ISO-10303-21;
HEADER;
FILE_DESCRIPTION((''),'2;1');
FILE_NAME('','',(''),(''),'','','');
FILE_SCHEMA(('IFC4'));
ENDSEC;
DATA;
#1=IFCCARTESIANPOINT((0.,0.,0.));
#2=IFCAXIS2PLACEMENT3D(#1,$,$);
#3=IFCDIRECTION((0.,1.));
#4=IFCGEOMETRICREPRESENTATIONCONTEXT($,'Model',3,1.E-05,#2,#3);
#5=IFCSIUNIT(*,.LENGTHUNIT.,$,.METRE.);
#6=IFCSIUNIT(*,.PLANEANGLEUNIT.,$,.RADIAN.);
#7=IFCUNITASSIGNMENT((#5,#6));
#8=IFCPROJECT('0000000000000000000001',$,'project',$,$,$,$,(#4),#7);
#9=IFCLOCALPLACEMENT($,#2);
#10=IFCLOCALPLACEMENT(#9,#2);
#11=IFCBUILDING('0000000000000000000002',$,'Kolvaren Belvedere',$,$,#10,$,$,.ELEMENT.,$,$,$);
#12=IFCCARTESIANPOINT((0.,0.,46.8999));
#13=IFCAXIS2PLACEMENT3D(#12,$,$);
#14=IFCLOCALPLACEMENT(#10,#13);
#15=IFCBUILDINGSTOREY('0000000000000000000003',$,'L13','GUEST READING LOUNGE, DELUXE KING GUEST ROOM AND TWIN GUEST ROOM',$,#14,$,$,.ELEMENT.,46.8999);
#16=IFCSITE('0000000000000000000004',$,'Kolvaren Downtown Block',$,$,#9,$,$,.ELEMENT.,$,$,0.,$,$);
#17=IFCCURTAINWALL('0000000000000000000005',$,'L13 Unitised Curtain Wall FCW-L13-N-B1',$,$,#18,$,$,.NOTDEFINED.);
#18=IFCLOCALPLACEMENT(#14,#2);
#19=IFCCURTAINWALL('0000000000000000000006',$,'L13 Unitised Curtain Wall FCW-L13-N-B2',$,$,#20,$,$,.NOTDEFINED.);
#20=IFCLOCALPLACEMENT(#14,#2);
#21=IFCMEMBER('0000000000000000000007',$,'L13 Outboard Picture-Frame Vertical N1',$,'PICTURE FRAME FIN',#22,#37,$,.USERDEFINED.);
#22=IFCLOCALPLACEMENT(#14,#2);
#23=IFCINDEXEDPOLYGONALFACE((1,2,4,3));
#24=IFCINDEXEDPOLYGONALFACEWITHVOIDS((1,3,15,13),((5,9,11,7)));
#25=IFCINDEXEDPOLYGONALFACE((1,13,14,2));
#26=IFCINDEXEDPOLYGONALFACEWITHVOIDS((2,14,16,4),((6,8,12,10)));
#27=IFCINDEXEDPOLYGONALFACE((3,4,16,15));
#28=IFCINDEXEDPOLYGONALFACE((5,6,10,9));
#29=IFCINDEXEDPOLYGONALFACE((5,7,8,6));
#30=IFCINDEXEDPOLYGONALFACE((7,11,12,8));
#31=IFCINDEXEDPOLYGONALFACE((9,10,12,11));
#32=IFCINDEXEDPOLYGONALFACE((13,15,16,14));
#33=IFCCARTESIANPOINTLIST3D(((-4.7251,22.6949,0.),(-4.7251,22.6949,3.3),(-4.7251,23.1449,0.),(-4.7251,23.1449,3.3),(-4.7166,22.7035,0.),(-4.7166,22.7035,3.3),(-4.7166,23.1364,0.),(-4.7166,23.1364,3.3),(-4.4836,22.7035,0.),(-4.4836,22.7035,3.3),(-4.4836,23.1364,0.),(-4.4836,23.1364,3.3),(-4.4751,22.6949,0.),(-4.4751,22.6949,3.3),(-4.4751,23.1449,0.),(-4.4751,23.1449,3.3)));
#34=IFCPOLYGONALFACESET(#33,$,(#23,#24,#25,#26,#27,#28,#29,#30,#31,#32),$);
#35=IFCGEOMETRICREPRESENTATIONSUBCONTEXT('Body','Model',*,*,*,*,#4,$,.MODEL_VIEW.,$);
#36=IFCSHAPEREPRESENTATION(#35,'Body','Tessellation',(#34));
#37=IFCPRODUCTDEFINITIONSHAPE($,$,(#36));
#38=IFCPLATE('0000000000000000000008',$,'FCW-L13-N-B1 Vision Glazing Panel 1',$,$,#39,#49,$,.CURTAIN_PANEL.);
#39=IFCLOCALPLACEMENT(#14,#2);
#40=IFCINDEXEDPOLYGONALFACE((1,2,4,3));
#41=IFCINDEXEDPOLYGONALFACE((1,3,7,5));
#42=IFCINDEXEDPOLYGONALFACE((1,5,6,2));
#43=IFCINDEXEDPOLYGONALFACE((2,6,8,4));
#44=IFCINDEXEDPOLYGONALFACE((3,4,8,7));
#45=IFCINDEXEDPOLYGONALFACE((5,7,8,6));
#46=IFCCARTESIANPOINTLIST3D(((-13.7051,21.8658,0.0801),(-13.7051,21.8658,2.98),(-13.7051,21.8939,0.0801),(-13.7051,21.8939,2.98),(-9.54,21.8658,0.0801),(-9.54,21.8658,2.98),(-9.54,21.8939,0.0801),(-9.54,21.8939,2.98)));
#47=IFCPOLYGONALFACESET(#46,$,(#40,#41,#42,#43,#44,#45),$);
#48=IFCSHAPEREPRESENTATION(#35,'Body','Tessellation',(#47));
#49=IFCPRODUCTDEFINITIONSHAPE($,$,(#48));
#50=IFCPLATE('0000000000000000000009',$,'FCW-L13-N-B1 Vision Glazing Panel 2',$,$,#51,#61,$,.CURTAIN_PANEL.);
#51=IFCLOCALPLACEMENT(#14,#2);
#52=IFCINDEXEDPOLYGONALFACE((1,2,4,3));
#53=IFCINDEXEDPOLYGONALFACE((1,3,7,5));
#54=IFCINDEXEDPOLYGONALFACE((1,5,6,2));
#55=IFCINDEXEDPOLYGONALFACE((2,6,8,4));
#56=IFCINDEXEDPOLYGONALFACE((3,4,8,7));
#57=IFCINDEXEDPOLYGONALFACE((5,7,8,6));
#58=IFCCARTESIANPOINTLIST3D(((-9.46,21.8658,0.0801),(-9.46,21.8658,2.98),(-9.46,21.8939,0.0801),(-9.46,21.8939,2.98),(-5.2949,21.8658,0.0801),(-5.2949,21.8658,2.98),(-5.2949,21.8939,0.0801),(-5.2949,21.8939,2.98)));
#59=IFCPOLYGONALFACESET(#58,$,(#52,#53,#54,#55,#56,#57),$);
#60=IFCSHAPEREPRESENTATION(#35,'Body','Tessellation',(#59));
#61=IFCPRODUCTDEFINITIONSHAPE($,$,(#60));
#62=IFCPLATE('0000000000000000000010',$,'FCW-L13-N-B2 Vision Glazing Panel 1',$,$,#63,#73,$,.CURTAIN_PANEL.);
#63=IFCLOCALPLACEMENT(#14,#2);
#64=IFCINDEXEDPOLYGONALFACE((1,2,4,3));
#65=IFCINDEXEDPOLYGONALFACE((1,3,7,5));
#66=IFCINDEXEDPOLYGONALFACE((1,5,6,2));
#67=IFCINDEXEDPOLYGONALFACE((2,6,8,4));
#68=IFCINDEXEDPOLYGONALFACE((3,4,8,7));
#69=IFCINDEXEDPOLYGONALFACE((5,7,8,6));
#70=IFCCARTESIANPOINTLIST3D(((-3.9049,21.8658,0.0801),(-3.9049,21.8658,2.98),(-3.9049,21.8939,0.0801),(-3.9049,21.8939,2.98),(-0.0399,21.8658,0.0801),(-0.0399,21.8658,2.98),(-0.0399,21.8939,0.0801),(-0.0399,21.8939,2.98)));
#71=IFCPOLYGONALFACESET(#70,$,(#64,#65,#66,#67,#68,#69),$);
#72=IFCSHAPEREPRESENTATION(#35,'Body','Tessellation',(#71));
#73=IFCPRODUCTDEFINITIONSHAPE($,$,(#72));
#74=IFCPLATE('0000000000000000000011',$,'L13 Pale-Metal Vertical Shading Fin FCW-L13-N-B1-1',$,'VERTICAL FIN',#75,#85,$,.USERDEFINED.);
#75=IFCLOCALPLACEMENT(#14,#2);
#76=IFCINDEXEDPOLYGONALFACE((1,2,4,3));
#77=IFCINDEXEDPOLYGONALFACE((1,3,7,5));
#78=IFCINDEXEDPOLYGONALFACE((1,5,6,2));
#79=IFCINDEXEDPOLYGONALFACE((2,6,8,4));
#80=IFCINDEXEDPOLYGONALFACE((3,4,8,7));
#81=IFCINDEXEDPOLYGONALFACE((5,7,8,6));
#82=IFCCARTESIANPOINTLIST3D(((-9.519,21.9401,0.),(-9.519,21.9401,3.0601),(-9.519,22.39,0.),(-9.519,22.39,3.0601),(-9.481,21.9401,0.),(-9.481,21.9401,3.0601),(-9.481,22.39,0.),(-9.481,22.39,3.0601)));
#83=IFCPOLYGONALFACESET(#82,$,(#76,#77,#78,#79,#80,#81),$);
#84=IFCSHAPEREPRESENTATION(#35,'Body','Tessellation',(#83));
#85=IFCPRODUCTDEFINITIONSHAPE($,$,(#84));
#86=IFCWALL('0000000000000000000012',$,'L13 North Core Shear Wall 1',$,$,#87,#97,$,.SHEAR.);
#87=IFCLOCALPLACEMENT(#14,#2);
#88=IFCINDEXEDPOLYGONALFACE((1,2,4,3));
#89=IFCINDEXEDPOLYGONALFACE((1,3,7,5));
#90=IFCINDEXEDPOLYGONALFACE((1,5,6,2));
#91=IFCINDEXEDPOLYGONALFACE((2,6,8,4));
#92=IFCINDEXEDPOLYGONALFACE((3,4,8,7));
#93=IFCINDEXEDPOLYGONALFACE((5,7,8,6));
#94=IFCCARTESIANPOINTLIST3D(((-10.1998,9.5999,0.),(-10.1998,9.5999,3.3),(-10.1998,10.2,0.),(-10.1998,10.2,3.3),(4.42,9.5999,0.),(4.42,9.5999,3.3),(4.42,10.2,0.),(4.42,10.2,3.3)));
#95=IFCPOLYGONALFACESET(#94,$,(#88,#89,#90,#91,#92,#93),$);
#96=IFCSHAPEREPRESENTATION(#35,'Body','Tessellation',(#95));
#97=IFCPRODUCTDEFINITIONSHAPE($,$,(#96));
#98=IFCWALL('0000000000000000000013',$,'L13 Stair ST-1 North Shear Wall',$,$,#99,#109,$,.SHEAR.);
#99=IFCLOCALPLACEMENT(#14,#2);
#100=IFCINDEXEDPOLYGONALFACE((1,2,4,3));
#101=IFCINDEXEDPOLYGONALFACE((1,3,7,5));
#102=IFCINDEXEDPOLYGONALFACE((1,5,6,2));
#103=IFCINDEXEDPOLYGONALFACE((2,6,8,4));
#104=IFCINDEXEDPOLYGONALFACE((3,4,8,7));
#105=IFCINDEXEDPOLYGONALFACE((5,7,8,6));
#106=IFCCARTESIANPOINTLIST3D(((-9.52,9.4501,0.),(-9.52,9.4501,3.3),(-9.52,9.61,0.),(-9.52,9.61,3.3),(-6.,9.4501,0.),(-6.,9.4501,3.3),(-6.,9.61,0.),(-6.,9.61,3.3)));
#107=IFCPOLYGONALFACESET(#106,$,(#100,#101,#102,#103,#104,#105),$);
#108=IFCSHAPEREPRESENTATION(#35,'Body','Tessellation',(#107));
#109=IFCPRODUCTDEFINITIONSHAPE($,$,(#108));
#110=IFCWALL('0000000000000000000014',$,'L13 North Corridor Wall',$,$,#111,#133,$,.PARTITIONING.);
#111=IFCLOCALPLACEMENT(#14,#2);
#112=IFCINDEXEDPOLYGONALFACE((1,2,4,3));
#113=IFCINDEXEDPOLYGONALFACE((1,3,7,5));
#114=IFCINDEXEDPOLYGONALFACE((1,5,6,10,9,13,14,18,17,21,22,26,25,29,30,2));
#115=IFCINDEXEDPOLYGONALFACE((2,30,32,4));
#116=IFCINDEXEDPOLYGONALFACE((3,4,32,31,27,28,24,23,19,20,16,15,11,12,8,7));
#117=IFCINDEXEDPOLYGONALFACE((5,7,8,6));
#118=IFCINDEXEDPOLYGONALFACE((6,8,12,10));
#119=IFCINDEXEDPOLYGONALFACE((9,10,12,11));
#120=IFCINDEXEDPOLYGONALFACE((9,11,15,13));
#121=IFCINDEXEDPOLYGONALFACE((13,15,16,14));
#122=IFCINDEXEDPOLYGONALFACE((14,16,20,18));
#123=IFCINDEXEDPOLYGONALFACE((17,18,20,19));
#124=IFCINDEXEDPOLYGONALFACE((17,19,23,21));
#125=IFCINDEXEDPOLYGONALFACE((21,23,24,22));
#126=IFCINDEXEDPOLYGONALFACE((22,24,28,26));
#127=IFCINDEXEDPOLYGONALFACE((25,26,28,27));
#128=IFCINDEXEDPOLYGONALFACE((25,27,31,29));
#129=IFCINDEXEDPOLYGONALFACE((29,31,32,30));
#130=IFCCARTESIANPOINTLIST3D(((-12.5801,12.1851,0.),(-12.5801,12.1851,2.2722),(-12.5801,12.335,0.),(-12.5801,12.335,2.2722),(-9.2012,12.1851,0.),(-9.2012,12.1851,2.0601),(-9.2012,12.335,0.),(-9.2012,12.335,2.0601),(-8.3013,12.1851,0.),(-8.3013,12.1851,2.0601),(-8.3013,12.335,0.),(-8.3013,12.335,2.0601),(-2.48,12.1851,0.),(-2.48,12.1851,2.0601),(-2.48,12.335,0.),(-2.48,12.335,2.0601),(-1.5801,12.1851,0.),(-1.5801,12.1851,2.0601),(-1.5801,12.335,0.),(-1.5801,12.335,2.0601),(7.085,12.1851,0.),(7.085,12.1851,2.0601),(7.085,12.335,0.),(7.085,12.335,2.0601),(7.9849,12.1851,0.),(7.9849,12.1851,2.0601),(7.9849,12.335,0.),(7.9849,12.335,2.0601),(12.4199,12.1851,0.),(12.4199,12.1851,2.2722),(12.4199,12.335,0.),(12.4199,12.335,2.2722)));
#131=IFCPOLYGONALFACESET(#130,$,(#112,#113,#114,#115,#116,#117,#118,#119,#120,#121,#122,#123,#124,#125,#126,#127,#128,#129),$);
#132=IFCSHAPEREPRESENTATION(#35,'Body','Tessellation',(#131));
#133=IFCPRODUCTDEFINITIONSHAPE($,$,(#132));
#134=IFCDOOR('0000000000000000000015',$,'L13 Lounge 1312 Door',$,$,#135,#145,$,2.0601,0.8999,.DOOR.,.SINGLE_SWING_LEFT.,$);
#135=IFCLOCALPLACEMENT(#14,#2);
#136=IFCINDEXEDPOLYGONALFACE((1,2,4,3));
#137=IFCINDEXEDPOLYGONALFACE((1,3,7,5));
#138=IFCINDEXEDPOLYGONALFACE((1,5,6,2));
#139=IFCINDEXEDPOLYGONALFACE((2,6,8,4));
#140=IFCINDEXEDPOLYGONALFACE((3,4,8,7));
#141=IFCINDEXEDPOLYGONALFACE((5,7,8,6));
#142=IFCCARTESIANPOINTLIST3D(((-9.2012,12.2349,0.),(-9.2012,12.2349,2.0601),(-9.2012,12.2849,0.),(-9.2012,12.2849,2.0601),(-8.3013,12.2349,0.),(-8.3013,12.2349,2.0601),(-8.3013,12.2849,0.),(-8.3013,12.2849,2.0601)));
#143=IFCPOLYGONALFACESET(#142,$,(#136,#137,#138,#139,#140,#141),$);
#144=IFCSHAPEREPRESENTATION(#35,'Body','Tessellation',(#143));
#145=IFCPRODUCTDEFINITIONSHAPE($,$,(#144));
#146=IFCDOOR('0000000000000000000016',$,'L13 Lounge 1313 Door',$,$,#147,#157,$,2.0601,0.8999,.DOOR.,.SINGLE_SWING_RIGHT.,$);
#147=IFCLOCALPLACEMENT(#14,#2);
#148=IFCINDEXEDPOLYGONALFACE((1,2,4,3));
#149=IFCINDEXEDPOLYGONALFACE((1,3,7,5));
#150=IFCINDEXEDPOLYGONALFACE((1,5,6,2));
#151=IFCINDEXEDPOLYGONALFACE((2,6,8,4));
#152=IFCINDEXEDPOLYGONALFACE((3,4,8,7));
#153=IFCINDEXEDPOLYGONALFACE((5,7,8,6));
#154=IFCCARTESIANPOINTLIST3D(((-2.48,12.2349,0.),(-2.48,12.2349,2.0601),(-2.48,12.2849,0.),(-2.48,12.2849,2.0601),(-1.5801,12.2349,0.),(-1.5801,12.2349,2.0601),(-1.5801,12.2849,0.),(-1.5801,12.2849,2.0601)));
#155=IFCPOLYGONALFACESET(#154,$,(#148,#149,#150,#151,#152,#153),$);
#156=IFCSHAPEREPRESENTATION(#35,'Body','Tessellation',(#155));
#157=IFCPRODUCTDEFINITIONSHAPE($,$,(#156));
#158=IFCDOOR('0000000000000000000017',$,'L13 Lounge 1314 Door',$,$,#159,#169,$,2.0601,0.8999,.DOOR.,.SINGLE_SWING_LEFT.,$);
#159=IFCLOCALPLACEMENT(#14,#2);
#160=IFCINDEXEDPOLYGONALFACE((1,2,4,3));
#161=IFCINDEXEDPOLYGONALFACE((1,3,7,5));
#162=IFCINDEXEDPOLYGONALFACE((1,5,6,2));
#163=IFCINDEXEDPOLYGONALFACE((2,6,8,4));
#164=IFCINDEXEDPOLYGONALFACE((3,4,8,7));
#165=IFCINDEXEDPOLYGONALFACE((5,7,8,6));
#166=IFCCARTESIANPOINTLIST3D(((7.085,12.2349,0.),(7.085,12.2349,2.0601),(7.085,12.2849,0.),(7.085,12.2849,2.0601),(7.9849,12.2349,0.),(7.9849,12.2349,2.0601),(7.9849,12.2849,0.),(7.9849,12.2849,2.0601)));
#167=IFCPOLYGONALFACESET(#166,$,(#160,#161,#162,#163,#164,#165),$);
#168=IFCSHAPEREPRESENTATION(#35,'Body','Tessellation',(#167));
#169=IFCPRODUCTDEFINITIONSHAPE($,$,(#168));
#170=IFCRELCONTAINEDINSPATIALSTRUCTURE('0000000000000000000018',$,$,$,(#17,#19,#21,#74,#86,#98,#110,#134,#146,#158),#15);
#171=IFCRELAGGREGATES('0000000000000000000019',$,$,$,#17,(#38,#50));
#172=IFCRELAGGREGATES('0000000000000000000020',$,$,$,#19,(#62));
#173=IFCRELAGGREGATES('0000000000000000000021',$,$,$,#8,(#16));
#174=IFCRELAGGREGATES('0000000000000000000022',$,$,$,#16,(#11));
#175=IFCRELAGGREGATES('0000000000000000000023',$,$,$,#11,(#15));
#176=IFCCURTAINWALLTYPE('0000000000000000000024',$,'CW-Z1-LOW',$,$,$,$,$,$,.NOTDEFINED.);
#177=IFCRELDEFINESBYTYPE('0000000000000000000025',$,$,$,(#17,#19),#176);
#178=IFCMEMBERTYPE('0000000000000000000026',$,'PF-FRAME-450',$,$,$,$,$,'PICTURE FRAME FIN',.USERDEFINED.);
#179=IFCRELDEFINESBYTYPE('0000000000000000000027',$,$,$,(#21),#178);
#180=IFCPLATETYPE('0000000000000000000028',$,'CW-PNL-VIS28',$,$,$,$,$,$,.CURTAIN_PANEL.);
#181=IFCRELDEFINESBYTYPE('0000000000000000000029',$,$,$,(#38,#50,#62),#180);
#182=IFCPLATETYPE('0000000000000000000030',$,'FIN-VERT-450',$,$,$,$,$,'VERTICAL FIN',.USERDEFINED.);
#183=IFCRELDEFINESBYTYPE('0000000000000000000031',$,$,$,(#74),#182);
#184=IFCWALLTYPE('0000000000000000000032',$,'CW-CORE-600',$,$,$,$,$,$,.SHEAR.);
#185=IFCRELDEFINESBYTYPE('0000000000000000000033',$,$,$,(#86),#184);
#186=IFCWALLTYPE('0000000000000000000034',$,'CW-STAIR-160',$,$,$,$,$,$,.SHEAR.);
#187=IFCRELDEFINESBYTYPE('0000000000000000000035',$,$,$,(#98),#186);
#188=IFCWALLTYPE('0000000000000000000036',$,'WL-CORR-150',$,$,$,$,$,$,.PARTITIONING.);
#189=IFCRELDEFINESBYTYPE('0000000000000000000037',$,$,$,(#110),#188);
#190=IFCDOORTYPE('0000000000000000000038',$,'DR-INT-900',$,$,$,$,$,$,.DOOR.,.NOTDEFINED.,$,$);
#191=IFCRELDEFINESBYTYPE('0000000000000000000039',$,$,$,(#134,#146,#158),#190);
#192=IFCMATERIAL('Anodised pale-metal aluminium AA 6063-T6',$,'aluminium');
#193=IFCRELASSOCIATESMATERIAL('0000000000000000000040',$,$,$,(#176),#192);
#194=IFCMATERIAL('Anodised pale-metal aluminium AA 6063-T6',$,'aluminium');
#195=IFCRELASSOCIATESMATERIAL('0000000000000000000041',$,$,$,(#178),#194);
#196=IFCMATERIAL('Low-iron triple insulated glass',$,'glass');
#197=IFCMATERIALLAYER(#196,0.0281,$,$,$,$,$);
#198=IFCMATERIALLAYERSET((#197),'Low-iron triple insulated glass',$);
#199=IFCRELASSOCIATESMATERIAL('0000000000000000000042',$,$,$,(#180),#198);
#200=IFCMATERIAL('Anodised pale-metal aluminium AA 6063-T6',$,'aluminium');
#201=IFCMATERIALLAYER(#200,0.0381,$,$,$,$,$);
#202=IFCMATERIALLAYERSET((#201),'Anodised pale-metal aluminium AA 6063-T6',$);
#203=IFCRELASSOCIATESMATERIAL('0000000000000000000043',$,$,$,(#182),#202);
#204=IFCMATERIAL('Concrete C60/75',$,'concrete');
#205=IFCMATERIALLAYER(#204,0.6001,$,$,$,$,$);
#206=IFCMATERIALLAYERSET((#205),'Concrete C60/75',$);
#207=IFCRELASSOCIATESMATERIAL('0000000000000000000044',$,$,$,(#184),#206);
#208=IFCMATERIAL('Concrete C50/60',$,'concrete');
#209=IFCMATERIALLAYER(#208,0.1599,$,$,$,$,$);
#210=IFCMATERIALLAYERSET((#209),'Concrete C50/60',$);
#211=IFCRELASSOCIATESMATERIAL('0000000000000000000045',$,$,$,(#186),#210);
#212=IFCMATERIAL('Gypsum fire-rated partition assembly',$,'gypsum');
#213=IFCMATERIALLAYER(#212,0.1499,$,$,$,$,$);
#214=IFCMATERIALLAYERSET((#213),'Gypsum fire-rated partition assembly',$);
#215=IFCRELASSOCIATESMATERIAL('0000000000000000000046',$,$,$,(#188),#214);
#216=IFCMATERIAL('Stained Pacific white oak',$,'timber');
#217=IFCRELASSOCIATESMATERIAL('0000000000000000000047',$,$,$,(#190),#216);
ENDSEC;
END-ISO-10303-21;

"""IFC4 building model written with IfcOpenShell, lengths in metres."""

from ifc_helpers import new_model, si_unit, direction, frame, frame_2d, origin, origin_2d, place, context, subcontext, project, spatial, rectangle, hollow_rectangle, extrude, material, layer, layer_set, material_profile, profile_set, type_object, element, fill, aggregate, save


model = new_model("IFC4")

# Units and contexts
model_context = context("Model", 3, precision=1e-05, world=origin(), true_north=direction((0.0, 1.0)))
body_context = subcontext(model_context, "Body", "Model", "MODEL_VIEW")
ifc_project = project(units=[si_unit("LENGTHUNIT", "METRE"), si_unit("PLANEANGLEUNIT", "RADIAN")], contexts=[model_context])

# Site, building, storey
site_placement = place(None, origin())
site = spatial("IfcSite", under=ifc_project, at=site_placement, Name="Kolvaren Downtown Block", CompositionType="ELEMENT", RefElevation=0.0)
building_placement = place(site_placement, origin())
building = spatial("IfcBuilding", under=site, at=building_placement, Name="Kolvaren Belvedere", CompositionType="ELEMENT")
storey_placement = place(building_placement, frame((0.0, 0.0, 46.8999)))
storey = spatial("IfcBuildingStorey", under=building, at=storey_placement, Name="L13", Description="GUEST READING LOUNGE, DELUXE KING GUEST ROOM AND TWIN GUEST ROOM", CompositionType="ELEMENT", Elevation=46.8999)

# Curtain wall
ifc_material_1 = material(Name="Anodised pale-metal aluminium AA 6063-T6", Category="aluminium")
curtain_wall_type = type_object("IfcCurtainWallType", Name="CW-Z1-LOW", PredefinedType="NOTDEFINED", material=ifc_material_1)
curtain_wall_1_placement = place(storey_placement, origin())
curtain_wall_1 = element("IfcCurtainWall", 1, at=curtain_wall_1_placement, inside=storey, type_object=curtain_wall_type, Name="L13 Unitised Curtain Wall FCW-L13-N-B1", PredefinedType="NOTDEFINED")

# Curtain wall
curtain_wall_2_placement = place(storey_placement, origin())
curtain_wall_2 = element("IfcCurtainWall", 2, at=curtain_wall_2_placement, inside=storey, type_object=curtain_wall_type, Name="L13 Unitised Curtain Wall FCW-L13-N-B2", PredefinedType="NOTDEFINED")

# Member
ifc_material_2 = material(Name="Anodised pale-metal aluminium AA 6063-T6", Category="aluminium")
ifc_material_profile_1 = material_profile(ifc_material_2, hollow_rectangle(XDim=0.25, YDim=0.45, WallThickness=0.0085, at=origin_2d()), Name="ALU-PF-450X250")
ifc_profile_set_1 = profile_set([ifc_material_profile_1], Name="Anodised pale-metal aluminium AA 6063-T6")
member_type_1 = type_object("IfcMemberType", Name="PF-FRAME-450", ElementType="PICTURE FRAME FIN", PredefinedType="USERDEFINED", material=ifc_profile_set_1)
member_1_placement = place(storey_placement, frame((-4.6001, 22.9199, 0.0), z_axis=(0.0, 0.0, 1.0), x_axis=(1.0, 0.0, 0.0)))
element("IfcMember", 3, at=member_1_placement, inside=storey, type_object=member_type_1, Name="L13 Outboard Picture-Frame Vertical N1", ObjectType="PICTURE FRAME FIN", PredefinedType="USERDEFINED", context=body_context, shape_type="SweptSolid", body=[
    extrude(hollow_rectangle(XDim=0.25, YDim=0.45, WallThickness=0.0085, at=origin_2d()), origin(), (0.0, 0.0, 1.0), 3.3),
])

# Plates
ifc_material_3 = material(Name="Low-iron triple insulated glass", Category="glass")
ifc_layer_1 = layer(ifc_material_3, 0.0281)
ifc_layer_set_1 = layer_set([ifc_layer_1], Name="Low-iron triple insulated glass")
plate_type_1 = type_object("IfcPlateType", Name="CW-PNL-VIS28", PredefinedType="CURTAIN_PANEL", material=ifc_layer_set_1)
plate_1_placement = place(storey_placement, frame((-11.6226, 21.8799, 0.0801), z_axis=(0.0, 0.0, 1.0), x_axis=(1.0, 0.0, 0.0)))
plate_1 = element("IfcPlate", 4, at=plate_1_placement, type_object=plate_type_1, Name="FCW-L13-N-B1 Vision Glazing Panel 1", PredefinedType="CURTAIN_PANEL", context=body_context, shape_type="SweptSolid", body=[
    extrude(rectangle(XDim=4.165, YDim=0.0281, at=origin_2d()), origin(), (0.0, 0.0, 1.0), 2.8999),
])
plate_2_placement = place(storey_placement, frame((-7.3774, 21.8799, 0.0801), z_axis=(0.0, 0.0, 1.0), x_axis=(1.0, 0.0, 0.0)))
plate_2 = element("IfcPlate", 5, at=plate_2_placement, type_object=plate_type_1, Name="FCW-L13-N-B1 Vision Glazing Panel 2", PredefinedType="CURTAIN_PANEL", context=body_context, shape_type="SweptSolid", body=[
    extrude(rectangle(XDim=4.165, YDim=0.0281, at=origin_2d()), origin(), (0.0, 0.0, 1.0), 2.8999),
])
aggregate(curtain_wall_1, [plate_1, plate_2])
plate_3_placement = place(storey_placement, frame((-1.9724, 21.8799, 0.0801), z_axis=(0.0, 0.0, 1.0), x_axis=(1.0, 0.0, 0.0)))
plate_3 = element("IfcPlate", 6, at=plate_3_placement, type_object=plate_type_1, Name="FCW-L13-N-B2 Vision Glazing Panel 1", PredefinedType="CURTAIN_PANEL", context=body_context, shape_type="SweptSolid", body=[
    extrude(rectangle(XDim=3.865, YDim=0.0281, at=origin_2d()), origin(), (0.0, 0.0, 1.0), 2.8999),
])
aggregate(curtain_wall_2, [plate_3])
ifc_material_4 = material(Name="Anodised pale-metal aluminium AA 6063-T6", Category="aluminium")
ifc_layer_2 = layer(ifc_material_4, 0.0381)
ifc_layer_set_2 = layer_set([ifc_layer_2], Name="Anodised pale-metal aluminium AA 6063-T6")
plate_type_2 = type_object("IfcPlateType", Name="FIN-VERT-450", ElementType="VERTICAL FIN", PredefinedType="USERDEFINED", material=ifc_layer_set_2)
plate_4_placement = place(storey_placement, frame((-9.5, 22.165, 0.0), z_axis=(0.0, 0.0, 1.0), x_axis=(0.0, 1.0, 0.0)))
element("IfcPlate", 7, at=plate_4_placement, inside=storey, type_object=plate_type_2, Name="L13 Pale-Metal Vertical Shading Fin FCW-L13-N-B1-1", ObjectType="VERTICAL FIN", PredefinedType="USERDEFINED", context=body_context, shape_type="SweptSolid", body=[
    extrude(rectangle(XDim=0.45, YDim=0.0381, at=origin_2d()), origin(), (0.0, 0.0, 1.0), 3.0601),
])

# Walls
ifc_material_5 = material(Name="Concrete C60/75", Category="concrete")
ifc_layer_3 = layer(ifc_material_5, 0.6001)
ifc_layer_set_3 = layer_set([ifc_layer_3], Name="Concrete C60/75")
wall_type_1 = type_object("IfcWallType", Name="CW-CORE-600", PredefinedType="SHEAR", material=ifc_layer_set_3)
wall_1_placement = place(storey_placement, frame((-10.2, 9.8999, 0.0), z_axis=(0.0, 0.0, 1.0), x_axis=(1.0, 0.0, 0.0)))
element("IfcWall", 8, at=wall_1_placement, inside=storey, type_object=wall_type_1, Name="L13 North Core Shear Wall 1", PredefinedType="SHEAR", context=body_context, shape_type="SweptSolid", body=[
    extrude(rectangle(XDim=14.6199, YDim=0.6001, at=frame_2d((7.3101, 0.0))), origin(), (0.0, 0.0, 1.0), 3.3),
])
ifc_material_6 = material(Name="Concrete C50/60", Category="concrete")
ifc_layer_4 = layer(ifc_material_6, 0.1599)
ifc_layer_set_4 = layer_set([ifc_layer_4], Name="Concrete C50/60")
wall_type_2 = type_object("IfcWallType", Name="CW-STAIR-160", PredefinedType="SHEAR", material=ifc_layer_set_4)
wall_2_placement = place(storey_placement, frame((-9.52, 9.53, 0.0), z_axis=(0.0, 0.0, 1.0), x_axis=(1.0, 0.0, 0.0)))
element("IfcWall", 9, at=wall_2_placement, inside=storey, type_object=wall_type_2, Name="L13 Stair ST-1 North Shear Wall", PredefinedType="SHEAR", context=body_context, shape_type="SweptSolid", body=[
    extrude(rectangle(XDim=3.52, YDim=0.1599, at=frame_2d((1.76, 0.0))), origin(), (0.0, 0.0, 1.0), 3.3),
])

# Wall, openings, doors
ifc_material_7 = material(Name="Gypsum fire-rated partition assembly", Category="gypsum")
ifc_layer_5 = layer(ifc_material_7, 0.1499)
ifc_layer_set_5 = layer_set([ifc_layer_5], Name="Gypsum fire-rated partition assembly")
wall_type_3 = type_object("IfcWallType", Name="WL-CORR-150", PredefinedType="PARTITIONING", material=ifc_layer_set_5)
wall_3_placement = place(storey_placement, frame((-12.5801, 12.26, 0.0), z_axis=(0.0, 0.0, 1.0), x_axis=(1.0, 0.0, 0.0)))
wall_3 = element("IfcWall", 10, at=wall_3_placement, inside=storey, type_object=wall_type_3, Name="L13 North Corridor Wall", PredefinedType="PARTITIONING", context=body_context, shape_type="SweptSolid", body=[
    extrude(rectangle(XDim=25.0, YDim=0.1499, at=frame_2d((12.5, 0.0))), origin(), (0.0, 0.0, 1.0), 2.2722),
])
opening_1_placement = place(wall_3_placement, frame((3.3789, 0.0, 0.0)))
opening_1 = element("IfcOpeningElement", 11, at=opening_1_placement, cuts=wall_3, PredefinedType="OPENING", context=body_context, shape_type="SweptSolid", body=[
    extrude(rectangle(XDim=0.8999, YDim=2.0601, at=frame_2d((0.45, 1.03))), frame((0.0, 0.085, 0.0), z_axis=(0.0, -1.0, 0.0), x_axis=(1.0, 0.0, 0.0)), (0.0, 0.0, 1.0), 0.1699),
])
opening_2_placement = place(wall_3_placement, frame((10.1001, 0.0, 0.0)))
opening_2 = element("IfcOpeningElement", 12, at=opening_2_placement, cuts=wall_3, PredefinedType="OPENING", context=body_context, shape_type="SweptSolid", body=[
    extrude(rectangle(XDim=0.8999, YDim=2.0601, at=frame_2d((0.45, 1.03))), frame((0.0, 0.085, 0.0), z_axis=(0.0, -1.0, 0.0), x_axis=(1.0, 0.0, 0.0)), (0.0, 0.0, 1.0), 0.1699),
])
opening_3_placement = place(wall_3_placement, frame((19.665, 0.0, 0.0)))
opening_3 = element("IfcOpeningElement", 13, at=opening_3_placement, cuts=wall_3, PredefinedType="OPENING", context=body_context, shape_type="SweptSolid", body=[
    extrude(rectangle(XDim=0.8999, YDim=2.0601, at=frame_2d((0.45, 1.03))), frame((0.0, 0.085, 0.0), z_axis=(0.0, -1.0, 0.0), x_axis=(1.0, 0.0, 0.0)), (0.0, 0.0, 1.0), 0.1699),
])
ifc_material_8 = material(Name="Stained Pacific white oak", Category="timber")
door_type = type_object("IfcDoorType", Name="DR-INT-900", OperationType="NOTDEFINED", PredefinedType="DOOR", material=ifc_material_8)
door_1_placement = place(opening_1_placement, origin())
door_1 = element("IfcDoor", 14, at=door_1_placement, inside=storey, type_object=door_type, Name="L13 Lounge 1312 Door", OperationType="SINGLE_SWING_LEFT", OverallHeight=2.0601, OverallWidth=0.8999, PredefinedType="DOOR", context=body_context, shape_type="SweptSolid", body=[
    extrude(rectangle(XDim=0.8999, YDim=2.0601, at=frame_2d((0.45, 1.03))), frame((0.0, 0.0249, 0.0), z_axis=(0.0, -1.0, 0.0), x_axis=(1.0, 0.0, 0.0)), (0.0, 0.0, 1.0), 0.05),
])
fill(opening_1, door_1)
door_2_placement = place(opening_2_placement, origin())
door_2 = element("IfcDoor", 15, at=door_2_placement, inside=storey, type_object=door_type, Name="L13 Lounge 1313 Door", OperationType="SINGLE_SWING_RIGHT", OverallHeight=2.0601, OverallWidth=0.8999, PredefinedType="DOOR", context=body_context, shape_type="SweptSolid", body=[
    extrude(rectangle(XDim=0.8999, YDim=2.0601, at=frame_2d((0.45, 1.03))), frame((0.0, 0.0249, 0.0), z_axis=(0.0, -1.0, 0.0), x_axis=(1.0, 0.0, 0.0)), (0.0, 0.0, 1.0), 0.05),
])
fill(opening_2, door_2)
door_3_placement = place(opening_3_placement, origin())
door_3 = element("IfcDoor", 16, at=door_3_placement, inside=storey, type_object=door_type, Name="L13 Lounge 1314 Door", OperationType="SINGLE_SWING_LEFT", OverallHeight=2.0601, OverallWidth=0.8999, PredefinedType="DOOR", context=body_context, shape_type="SweptSolid", body=[
    extrude(rectangle(XDim=0.8999, YDim=2.0601, at=frame_2d((0.45, 1.03))), frame((0.0, 0.0249, 0.0), z_axis=(0.0, -1.0, 0.0), x_axis=(1.0, 0.0, 0.0)), (0.0, 0.0, 1.0), 0.05),
])
fill(opening_3, door_3)

save(model, "model.ifc")
